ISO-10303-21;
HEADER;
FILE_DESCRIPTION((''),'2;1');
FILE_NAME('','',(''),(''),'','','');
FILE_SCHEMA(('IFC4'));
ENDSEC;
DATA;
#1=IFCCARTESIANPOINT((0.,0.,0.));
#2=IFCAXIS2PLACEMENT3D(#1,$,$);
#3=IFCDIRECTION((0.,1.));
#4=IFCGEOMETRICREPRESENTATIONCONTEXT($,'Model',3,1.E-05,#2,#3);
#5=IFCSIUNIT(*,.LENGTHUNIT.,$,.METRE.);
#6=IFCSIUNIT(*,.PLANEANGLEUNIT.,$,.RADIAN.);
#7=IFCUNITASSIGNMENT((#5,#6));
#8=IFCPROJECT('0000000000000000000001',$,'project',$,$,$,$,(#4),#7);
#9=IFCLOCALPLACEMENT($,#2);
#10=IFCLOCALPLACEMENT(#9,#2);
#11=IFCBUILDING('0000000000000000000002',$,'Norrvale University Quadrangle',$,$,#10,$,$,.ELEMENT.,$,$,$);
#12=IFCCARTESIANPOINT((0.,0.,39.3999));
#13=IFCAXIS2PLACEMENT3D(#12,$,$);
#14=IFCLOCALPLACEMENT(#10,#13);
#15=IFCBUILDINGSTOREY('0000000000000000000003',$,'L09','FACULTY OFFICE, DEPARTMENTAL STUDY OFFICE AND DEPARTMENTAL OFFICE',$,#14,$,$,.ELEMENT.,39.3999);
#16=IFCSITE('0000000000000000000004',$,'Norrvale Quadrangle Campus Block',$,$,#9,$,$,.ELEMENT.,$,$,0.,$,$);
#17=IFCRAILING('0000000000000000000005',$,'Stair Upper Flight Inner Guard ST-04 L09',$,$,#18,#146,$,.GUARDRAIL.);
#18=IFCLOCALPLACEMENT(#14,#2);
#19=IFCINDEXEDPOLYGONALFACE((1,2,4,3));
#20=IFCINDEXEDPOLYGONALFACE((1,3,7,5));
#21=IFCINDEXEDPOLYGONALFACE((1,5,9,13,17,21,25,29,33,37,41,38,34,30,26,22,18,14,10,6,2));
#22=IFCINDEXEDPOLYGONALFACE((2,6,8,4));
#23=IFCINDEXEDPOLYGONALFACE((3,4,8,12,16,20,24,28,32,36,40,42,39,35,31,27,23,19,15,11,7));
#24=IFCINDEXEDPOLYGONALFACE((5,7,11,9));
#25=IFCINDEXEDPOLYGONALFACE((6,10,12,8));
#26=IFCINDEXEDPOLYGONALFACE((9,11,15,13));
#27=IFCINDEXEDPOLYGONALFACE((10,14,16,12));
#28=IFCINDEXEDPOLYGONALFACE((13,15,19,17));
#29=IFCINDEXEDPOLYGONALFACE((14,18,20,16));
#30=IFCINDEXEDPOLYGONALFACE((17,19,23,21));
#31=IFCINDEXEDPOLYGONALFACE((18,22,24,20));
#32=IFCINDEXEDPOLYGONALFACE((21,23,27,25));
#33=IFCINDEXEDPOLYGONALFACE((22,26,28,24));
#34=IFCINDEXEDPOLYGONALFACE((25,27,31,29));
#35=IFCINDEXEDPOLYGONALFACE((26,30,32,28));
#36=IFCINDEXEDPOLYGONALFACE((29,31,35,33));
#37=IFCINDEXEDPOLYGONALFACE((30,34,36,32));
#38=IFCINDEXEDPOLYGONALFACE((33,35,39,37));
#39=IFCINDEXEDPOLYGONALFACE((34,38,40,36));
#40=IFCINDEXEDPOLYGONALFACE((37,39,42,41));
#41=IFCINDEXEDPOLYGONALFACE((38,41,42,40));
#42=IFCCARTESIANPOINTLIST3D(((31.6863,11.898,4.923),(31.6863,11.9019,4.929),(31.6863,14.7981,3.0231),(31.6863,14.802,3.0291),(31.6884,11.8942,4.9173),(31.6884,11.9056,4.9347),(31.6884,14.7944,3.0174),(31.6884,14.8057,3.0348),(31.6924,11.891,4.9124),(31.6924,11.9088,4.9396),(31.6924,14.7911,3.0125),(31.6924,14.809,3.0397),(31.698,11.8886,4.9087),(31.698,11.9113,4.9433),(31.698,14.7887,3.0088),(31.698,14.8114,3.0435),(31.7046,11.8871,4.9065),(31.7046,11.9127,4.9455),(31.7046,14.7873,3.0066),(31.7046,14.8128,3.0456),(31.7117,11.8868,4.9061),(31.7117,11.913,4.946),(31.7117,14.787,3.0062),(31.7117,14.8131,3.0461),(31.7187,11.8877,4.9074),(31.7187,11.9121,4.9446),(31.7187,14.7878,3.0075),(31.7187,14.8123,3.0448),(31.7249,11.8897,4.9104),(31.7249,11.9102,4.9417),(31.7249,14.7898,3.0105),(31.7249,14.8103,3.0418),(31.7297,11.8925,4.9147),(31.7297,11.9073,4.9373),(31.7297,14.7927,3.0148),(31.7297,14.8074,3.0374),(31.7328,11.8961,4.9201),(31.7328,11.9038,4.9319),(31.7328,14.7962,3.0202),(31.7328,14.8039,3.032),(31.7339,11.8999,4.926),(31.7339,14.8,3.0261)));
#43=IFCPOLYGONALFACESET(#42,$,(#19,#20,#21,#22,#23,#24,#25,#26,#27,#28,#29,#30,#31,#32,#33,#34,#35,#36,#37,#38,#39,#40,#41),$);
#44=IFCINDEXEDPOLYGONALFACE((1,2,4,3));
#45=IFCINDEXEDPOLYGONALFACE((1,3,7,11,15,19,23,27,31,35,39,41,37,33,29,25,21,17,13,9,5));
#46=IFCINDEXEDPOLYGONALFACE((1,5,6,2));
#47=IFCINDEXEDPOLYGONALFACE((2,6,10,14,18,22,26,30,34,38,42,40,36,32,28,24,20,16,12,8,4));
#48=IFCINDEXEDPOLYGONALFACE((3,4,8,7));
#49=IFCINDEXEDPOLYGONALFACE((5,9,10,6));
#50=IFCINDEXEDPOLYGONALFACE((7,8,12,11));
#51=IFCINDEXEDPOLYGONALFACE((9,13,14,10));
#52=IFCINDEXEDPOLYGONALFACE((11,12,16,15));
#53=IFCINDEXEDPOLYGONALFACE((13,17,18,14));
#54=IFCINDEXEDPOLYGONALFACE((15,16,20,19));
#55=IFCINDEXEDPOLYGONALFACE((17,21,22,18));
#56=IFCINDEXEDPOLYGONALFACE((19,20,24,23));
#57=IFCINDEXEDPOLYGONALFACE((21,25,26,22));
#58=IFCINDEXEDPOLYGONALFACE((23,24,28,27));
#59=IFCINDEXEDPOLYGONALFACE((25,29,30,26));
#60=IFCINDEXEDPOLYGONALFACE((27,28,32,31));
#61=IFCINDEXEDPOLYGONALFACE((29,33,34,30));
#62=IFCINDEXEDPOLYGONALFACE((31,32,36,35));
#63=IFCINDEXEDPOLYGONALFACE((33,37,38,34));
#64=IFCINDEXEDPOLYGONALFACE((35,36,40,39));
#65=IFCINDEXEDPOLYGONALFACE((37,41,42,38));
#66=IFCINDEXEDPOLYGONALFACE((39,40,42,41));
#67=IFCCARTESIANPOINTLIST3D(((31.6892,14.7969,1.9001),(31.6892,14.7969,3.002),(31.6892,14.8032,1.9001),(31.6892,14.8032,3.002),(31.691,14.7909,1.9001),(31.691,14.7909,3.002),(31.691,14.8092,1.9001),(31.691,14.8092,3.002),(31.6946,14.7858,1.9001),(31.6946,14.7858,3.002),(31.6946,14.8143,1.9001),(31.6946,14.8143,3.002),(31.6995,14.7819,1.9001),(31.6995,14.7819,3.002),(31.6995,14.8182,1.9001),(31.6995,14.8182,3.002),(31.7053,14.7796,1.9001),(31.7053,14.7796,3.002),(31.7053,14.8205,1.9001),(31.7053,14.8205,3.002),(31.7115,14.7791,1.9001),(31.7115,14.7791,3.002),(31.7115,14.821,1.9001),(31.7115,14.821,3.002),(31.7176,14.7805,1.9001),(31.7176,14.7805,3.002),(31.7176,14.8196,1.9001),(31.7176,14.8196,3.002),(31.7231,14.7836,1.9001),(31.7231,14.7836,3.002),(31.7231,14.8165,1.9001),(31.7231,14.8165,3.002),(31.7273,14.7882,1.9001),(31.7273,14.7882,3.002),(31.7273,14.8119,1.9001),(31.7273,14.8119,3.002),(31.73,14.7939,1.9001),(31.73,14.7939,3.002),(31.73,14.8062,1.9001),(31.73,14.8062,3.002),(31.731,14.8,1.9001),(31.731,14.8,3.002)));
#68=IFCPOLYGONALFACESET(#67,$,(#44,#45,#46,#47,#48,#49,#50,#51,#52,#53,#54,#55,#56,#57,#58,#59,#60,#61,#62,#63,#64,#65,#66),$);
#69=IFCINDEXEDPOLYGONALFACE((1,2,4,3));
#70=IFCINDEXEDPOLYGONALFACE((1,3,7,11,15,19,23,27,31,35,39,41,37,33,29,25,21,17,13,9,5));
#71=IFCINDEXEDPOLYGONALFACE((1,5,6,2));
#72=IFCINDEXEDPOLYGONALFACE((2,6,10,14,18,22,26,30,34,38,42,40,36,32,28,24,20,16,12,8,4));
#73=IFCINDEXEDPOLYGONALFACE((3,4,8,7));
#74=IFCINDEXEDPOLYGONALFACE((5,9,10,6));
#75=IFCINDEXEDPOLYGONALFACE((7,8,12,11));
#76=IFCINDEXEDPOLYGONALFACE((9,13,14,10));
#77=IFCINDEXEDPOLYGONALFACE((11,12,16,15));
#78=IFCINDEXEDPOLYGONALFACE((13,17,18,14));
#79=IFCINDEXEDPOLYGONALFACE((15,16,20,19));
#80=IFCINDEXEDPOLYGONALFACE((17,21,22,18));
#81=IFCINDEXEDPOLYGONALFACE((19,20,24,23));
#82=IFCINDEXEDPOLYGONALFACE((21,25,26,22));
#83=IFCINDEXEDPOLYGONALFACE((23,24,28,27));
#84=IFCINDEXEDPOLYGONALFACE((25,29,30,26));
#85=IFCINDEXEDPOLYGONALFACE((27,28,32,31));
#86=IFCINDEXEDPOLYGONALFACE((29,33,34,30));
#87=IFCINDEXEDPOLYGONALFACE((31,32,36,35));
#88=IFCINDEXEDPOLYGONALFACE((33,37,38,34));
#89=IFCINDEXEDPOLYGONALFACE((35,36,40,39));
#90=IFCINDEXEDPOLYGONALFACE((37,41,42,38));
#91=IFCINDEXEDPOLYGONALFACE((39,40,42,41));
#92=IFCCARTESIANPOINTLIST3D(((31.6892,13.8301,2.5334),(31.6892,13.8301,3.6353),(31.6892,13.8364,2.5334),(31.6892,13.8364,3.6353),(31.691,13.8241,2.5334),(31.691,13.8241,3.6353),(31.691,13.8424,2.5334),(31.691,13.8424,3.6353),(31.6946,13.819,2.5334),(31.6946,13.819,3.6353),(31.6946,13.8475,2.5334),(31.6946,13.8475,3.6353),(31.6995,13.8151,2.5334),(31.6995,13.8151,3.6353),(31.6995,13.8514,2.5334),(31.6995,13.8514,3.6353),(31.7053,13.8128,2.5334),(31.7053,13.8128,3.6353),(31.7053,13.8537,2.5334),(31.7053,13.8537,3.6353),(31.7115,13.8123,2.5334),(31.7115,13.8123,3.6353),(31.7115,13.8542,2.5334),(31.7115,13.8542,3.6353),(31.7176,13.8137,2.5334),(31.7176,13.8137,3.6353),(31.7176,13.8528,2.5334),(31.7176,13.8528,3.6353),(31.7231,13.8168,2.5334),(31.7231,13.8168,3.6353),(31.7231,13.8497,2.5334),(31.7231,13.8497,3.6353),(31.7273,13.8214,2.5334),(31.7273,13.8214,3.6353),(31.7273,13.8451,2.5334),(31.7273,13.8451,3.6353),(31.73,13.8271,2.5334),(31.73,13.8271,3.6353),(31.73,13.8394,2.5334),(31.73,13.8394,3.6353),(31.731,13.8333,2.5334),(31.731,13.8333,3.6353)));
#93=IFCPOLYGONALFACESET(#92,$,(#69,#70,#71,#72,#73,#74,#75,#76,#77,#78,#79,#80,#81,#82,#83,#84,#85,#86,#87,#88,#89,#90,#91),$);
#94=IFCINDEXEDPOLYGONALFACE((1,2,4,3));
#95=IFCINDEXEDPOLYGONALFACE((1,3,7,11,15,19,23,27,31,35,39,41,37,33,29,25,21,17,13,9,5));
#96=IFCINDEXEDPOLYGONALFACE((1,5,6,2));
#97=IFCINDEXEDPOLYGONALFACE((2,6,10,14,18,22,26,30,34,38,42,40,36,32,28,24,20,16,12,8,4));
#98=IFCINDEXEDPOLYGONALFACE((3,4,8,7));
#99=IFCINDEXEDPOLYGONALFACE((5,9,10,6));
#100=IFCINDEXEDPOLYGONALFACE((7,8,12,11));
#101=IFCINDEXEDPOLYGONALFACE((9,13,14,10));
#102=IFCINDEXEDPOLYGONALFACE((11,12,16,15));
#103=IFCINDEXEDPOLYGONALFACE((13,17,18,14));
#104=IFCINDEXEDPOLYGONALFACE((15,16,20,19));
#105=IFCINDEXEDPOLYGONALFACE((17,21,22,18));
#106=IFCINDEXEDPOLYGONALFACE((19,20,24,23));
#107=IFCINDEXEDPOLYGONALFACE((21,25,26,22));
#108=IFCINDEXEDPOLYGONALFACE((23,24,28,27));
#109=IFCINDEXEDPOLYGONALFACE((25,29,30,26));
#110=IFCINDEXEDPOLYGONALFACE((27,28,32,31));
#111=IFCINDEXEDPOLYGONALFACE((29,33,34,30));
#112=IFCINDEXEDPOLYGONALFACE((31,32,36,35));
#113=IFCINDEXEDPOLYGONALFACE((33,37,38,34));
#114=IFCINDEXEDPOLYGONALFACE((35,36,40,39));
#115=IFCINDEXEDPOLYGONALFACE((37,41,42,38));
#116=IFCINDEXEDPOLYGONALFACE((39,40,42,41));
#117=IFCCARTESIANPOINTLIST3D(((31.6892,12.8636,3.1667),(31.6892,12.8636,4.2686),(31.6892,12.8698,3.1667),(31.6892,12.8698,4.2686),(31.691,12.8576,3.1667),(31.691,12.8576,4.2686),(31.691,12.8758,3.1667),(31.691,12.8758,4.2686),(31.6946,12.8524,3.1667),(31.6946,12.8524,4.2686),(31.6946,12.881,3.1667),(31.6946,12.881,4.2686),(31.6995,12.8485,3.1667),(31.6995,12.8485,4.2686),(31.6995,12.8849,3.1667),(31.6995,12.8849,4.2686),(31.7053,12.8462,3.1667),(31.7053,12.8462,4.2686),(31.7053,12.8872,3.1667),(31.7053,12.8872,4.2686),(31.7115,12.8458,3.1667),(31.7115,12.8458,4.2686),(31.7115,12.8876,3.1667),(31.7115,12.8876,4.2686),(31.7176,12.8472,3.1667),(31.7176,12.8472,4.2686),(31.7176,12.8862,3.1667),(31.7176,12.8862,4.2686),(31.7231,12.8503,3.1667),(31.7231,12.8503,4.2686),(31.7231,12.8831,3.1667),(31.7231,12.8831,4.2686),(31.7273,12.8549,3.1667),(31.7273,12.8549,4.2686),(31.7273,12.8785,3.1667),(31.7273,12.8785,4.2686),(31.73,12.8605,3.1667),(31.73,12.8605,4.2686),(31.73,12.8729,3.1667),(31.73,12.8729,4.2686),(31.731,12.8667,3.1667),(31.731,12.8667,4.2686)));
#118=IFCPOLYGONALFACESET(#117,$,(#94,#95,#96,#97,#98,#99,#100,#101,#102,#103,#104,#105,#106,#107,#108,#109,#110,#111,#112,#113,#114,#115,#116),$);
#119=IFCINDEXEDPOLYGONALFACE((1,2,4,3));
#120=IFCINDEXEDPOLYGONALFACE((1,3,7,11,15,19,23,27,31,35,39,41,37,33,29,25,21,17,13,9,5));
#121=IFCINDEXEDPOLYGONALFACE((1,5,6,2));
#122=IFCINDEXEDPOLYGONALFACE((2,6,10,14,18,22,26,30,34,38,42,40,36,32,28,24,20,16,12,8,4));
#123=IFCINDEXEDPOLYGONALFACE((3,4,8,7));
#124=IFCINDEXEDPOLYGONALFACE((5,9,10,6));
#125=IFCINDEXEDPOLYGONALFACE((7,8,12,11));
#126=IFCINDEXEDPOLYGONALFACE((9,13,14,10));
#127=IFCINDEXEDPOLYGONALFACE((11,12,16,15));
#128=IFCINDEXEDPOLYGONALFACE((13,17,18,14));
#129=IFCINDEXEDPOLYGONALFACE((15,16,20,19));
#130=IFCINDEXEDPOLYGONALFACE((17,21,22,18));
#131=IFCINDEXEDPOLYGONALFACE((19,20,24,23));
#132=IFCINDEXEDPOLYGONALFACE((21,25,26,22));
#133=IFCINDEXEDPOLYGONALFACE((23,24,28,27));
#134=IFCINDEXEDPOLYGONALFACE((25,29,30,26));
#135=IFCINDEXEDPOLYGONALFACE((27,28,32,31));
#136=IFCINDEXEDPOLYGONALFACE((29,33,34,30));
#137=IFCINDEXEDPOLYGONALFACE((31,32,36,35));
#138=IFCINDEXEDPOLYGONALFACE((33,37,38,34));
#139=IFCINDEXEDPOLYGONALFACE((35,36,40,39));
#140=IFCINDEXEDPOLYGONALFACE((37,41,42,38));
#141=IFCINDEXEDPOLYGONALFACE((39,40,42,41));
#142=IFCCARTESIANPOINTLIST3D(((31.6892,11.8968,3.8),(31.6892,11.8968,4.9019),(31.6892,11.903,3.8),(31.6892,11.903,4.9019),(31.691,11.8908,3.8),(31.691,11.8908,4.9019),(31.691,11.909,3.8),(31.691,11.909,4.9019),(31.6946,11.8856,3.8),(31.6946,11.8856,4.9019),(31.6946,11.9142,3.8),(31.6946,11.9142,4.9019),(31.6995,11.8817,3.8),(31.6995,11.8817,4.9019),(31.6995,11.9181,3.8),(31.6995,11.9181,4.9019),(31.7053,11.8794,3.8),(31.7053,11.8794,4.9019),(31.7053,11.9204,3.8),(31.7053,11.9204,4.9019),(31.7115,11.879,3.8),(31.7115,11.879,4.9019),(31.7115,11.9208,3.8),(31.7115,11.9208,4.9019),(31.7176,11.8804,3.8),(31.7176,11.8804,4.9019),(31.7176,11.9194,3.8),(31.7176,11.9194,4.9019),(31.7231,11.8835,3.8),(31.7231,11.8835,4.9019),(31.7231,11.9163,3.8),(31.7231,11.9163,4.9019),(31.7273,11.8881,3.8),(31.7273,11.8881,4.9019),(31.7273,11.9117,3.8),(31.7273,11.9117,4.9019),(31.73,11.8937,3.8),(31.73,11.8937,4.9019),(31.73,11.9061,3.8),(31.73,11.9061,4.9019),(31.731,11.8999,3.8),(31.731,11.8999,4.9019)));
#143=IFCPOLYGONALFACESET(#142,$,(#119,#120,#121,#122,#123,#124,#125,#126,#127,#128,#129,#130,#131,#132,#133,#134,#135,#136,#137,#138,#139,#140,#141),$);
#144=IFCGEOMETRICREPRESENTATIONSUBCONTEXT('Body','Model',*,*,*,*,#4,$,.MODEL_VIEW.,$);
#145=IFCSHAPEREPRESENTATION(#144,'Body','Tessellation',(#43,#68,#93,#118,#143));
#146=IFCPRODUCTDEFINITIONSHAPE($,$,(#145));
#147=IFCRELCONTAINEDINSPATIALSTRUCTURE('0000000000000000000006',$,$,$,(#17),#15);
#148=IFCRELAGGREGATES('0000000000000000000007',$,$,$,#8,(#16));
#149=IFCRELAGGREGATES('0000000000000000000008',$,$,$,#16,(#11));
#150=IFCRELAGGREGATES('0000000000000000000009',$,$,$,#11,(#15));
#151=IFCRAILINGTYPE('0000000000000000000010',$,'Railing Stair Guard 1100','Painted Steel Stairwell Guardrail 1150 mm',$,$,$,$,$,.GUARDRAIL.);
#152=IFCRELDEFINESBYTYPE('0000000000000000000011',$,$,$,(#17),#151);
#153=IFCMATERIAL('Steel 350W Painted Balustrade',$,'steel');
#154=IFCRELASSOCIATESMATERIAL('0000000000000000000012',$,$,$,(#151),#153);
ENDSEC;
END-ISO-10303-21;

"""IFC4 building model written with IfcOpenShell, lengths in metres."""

from ifc_helpers import new_model, si_unit, direction, frame, origin, origin_2d, place, context, subcontext, project, spatial, circle, extrude, material, type_object, element, save


model = new_model("IFC4")

# Units and contexts
model_context = context("Model", 3, precision=1e-05, world=origin(), true_north=direction((0.0, 1.0)))
body_context = subcontext(model_context, "Body", "Model", "MODEL_VIEW")
ifc_project = project(units=[si_unit("LENGTHUNIT", "METRE"), si_unit("PLANEANGLEUNIT", "RADIAN")], contexts=[model_context])

# Site, building, storey
site_placement = place(None, origin())
site = spatial("IfcSite", under=ifc_project, at=site_placement, Name="Norrvale Quadrangle Campus Block", CompositionType="ELEMENT", RefElevation=0.0)
building_placement = place(site_placement, origin())
building = spatial("IfcBuilding", under=site, at=building_placement, Name="Norrvale University Quadrangle", CompositionType="ELEMENT")
storey_placement = place(building_placement, frame((0.0, 0.0, 39.3999)))
storey = spatial("IfcBuildingStorey", under=building, at=storey_placement, Name="L09", Description="FACULTY OFFICE, DEPARTMENTAL STUDY OFFICE AND DEPARTMENTAL OFFICE", CompositionType="ELEMENT", Elevation=39.3999)

# Railing
ifc_material_1 = material(Name="Steel 350W Painted Balustrade", Category="steel")
railing_type_1 = type_object("IfcRailingType", Name="Railing Stair Guard 1100", Description="Painted Steel Stairwell Guardrail 1150 mm", PredefinedType="GUARDRAIL", material=ifc_material_1)
railing_1_placement = place(storey_placement, frame((31.71, 14.8, 1.9001)))
element("IfcRailing", 1, at=railing_1_placement, inside=storey, type_object=railing_type_1, Name="Stair Upper Flight Inner Guard ST-04 L09", PredefinedType="GUARDRAIL", context=body_context, shape_type="SweptSolid", body=[
    extrude(circle(Radius=0.0239, at=origin_2d()), frame((0.0, 0.0, 1.126), z_axis=(0.0, -0.836487, 0.547987), x_axis=(1.0, 0.0, 0.0)), (0.0, 0.0, 1.0), 3.467),
    extrude(circle(Radius=0.021, at=origin_2d()), origin(), (0.0, 0.0, 1.0), 1.1018),
    extrude(circle(Radius=0.021, at=origin_2d()), frame((0.0, -0.9668, 0.6333)), (0.0, 0.0, 1.0), 1.1018),
    extrude(circle(Radius=0.021, at=origin_2d()), frame((0.0, -1.9333, 1.2666)), (0.0, 0.0, 1.0), 1.1018),
    extrude(circle(Radius=0.021, at=origin_2d()), frame((0.0, -2.9001, 1.8999)), (0.0, 0.0, 1.0), 1.1018),
])

save(model, "model.ifc")
